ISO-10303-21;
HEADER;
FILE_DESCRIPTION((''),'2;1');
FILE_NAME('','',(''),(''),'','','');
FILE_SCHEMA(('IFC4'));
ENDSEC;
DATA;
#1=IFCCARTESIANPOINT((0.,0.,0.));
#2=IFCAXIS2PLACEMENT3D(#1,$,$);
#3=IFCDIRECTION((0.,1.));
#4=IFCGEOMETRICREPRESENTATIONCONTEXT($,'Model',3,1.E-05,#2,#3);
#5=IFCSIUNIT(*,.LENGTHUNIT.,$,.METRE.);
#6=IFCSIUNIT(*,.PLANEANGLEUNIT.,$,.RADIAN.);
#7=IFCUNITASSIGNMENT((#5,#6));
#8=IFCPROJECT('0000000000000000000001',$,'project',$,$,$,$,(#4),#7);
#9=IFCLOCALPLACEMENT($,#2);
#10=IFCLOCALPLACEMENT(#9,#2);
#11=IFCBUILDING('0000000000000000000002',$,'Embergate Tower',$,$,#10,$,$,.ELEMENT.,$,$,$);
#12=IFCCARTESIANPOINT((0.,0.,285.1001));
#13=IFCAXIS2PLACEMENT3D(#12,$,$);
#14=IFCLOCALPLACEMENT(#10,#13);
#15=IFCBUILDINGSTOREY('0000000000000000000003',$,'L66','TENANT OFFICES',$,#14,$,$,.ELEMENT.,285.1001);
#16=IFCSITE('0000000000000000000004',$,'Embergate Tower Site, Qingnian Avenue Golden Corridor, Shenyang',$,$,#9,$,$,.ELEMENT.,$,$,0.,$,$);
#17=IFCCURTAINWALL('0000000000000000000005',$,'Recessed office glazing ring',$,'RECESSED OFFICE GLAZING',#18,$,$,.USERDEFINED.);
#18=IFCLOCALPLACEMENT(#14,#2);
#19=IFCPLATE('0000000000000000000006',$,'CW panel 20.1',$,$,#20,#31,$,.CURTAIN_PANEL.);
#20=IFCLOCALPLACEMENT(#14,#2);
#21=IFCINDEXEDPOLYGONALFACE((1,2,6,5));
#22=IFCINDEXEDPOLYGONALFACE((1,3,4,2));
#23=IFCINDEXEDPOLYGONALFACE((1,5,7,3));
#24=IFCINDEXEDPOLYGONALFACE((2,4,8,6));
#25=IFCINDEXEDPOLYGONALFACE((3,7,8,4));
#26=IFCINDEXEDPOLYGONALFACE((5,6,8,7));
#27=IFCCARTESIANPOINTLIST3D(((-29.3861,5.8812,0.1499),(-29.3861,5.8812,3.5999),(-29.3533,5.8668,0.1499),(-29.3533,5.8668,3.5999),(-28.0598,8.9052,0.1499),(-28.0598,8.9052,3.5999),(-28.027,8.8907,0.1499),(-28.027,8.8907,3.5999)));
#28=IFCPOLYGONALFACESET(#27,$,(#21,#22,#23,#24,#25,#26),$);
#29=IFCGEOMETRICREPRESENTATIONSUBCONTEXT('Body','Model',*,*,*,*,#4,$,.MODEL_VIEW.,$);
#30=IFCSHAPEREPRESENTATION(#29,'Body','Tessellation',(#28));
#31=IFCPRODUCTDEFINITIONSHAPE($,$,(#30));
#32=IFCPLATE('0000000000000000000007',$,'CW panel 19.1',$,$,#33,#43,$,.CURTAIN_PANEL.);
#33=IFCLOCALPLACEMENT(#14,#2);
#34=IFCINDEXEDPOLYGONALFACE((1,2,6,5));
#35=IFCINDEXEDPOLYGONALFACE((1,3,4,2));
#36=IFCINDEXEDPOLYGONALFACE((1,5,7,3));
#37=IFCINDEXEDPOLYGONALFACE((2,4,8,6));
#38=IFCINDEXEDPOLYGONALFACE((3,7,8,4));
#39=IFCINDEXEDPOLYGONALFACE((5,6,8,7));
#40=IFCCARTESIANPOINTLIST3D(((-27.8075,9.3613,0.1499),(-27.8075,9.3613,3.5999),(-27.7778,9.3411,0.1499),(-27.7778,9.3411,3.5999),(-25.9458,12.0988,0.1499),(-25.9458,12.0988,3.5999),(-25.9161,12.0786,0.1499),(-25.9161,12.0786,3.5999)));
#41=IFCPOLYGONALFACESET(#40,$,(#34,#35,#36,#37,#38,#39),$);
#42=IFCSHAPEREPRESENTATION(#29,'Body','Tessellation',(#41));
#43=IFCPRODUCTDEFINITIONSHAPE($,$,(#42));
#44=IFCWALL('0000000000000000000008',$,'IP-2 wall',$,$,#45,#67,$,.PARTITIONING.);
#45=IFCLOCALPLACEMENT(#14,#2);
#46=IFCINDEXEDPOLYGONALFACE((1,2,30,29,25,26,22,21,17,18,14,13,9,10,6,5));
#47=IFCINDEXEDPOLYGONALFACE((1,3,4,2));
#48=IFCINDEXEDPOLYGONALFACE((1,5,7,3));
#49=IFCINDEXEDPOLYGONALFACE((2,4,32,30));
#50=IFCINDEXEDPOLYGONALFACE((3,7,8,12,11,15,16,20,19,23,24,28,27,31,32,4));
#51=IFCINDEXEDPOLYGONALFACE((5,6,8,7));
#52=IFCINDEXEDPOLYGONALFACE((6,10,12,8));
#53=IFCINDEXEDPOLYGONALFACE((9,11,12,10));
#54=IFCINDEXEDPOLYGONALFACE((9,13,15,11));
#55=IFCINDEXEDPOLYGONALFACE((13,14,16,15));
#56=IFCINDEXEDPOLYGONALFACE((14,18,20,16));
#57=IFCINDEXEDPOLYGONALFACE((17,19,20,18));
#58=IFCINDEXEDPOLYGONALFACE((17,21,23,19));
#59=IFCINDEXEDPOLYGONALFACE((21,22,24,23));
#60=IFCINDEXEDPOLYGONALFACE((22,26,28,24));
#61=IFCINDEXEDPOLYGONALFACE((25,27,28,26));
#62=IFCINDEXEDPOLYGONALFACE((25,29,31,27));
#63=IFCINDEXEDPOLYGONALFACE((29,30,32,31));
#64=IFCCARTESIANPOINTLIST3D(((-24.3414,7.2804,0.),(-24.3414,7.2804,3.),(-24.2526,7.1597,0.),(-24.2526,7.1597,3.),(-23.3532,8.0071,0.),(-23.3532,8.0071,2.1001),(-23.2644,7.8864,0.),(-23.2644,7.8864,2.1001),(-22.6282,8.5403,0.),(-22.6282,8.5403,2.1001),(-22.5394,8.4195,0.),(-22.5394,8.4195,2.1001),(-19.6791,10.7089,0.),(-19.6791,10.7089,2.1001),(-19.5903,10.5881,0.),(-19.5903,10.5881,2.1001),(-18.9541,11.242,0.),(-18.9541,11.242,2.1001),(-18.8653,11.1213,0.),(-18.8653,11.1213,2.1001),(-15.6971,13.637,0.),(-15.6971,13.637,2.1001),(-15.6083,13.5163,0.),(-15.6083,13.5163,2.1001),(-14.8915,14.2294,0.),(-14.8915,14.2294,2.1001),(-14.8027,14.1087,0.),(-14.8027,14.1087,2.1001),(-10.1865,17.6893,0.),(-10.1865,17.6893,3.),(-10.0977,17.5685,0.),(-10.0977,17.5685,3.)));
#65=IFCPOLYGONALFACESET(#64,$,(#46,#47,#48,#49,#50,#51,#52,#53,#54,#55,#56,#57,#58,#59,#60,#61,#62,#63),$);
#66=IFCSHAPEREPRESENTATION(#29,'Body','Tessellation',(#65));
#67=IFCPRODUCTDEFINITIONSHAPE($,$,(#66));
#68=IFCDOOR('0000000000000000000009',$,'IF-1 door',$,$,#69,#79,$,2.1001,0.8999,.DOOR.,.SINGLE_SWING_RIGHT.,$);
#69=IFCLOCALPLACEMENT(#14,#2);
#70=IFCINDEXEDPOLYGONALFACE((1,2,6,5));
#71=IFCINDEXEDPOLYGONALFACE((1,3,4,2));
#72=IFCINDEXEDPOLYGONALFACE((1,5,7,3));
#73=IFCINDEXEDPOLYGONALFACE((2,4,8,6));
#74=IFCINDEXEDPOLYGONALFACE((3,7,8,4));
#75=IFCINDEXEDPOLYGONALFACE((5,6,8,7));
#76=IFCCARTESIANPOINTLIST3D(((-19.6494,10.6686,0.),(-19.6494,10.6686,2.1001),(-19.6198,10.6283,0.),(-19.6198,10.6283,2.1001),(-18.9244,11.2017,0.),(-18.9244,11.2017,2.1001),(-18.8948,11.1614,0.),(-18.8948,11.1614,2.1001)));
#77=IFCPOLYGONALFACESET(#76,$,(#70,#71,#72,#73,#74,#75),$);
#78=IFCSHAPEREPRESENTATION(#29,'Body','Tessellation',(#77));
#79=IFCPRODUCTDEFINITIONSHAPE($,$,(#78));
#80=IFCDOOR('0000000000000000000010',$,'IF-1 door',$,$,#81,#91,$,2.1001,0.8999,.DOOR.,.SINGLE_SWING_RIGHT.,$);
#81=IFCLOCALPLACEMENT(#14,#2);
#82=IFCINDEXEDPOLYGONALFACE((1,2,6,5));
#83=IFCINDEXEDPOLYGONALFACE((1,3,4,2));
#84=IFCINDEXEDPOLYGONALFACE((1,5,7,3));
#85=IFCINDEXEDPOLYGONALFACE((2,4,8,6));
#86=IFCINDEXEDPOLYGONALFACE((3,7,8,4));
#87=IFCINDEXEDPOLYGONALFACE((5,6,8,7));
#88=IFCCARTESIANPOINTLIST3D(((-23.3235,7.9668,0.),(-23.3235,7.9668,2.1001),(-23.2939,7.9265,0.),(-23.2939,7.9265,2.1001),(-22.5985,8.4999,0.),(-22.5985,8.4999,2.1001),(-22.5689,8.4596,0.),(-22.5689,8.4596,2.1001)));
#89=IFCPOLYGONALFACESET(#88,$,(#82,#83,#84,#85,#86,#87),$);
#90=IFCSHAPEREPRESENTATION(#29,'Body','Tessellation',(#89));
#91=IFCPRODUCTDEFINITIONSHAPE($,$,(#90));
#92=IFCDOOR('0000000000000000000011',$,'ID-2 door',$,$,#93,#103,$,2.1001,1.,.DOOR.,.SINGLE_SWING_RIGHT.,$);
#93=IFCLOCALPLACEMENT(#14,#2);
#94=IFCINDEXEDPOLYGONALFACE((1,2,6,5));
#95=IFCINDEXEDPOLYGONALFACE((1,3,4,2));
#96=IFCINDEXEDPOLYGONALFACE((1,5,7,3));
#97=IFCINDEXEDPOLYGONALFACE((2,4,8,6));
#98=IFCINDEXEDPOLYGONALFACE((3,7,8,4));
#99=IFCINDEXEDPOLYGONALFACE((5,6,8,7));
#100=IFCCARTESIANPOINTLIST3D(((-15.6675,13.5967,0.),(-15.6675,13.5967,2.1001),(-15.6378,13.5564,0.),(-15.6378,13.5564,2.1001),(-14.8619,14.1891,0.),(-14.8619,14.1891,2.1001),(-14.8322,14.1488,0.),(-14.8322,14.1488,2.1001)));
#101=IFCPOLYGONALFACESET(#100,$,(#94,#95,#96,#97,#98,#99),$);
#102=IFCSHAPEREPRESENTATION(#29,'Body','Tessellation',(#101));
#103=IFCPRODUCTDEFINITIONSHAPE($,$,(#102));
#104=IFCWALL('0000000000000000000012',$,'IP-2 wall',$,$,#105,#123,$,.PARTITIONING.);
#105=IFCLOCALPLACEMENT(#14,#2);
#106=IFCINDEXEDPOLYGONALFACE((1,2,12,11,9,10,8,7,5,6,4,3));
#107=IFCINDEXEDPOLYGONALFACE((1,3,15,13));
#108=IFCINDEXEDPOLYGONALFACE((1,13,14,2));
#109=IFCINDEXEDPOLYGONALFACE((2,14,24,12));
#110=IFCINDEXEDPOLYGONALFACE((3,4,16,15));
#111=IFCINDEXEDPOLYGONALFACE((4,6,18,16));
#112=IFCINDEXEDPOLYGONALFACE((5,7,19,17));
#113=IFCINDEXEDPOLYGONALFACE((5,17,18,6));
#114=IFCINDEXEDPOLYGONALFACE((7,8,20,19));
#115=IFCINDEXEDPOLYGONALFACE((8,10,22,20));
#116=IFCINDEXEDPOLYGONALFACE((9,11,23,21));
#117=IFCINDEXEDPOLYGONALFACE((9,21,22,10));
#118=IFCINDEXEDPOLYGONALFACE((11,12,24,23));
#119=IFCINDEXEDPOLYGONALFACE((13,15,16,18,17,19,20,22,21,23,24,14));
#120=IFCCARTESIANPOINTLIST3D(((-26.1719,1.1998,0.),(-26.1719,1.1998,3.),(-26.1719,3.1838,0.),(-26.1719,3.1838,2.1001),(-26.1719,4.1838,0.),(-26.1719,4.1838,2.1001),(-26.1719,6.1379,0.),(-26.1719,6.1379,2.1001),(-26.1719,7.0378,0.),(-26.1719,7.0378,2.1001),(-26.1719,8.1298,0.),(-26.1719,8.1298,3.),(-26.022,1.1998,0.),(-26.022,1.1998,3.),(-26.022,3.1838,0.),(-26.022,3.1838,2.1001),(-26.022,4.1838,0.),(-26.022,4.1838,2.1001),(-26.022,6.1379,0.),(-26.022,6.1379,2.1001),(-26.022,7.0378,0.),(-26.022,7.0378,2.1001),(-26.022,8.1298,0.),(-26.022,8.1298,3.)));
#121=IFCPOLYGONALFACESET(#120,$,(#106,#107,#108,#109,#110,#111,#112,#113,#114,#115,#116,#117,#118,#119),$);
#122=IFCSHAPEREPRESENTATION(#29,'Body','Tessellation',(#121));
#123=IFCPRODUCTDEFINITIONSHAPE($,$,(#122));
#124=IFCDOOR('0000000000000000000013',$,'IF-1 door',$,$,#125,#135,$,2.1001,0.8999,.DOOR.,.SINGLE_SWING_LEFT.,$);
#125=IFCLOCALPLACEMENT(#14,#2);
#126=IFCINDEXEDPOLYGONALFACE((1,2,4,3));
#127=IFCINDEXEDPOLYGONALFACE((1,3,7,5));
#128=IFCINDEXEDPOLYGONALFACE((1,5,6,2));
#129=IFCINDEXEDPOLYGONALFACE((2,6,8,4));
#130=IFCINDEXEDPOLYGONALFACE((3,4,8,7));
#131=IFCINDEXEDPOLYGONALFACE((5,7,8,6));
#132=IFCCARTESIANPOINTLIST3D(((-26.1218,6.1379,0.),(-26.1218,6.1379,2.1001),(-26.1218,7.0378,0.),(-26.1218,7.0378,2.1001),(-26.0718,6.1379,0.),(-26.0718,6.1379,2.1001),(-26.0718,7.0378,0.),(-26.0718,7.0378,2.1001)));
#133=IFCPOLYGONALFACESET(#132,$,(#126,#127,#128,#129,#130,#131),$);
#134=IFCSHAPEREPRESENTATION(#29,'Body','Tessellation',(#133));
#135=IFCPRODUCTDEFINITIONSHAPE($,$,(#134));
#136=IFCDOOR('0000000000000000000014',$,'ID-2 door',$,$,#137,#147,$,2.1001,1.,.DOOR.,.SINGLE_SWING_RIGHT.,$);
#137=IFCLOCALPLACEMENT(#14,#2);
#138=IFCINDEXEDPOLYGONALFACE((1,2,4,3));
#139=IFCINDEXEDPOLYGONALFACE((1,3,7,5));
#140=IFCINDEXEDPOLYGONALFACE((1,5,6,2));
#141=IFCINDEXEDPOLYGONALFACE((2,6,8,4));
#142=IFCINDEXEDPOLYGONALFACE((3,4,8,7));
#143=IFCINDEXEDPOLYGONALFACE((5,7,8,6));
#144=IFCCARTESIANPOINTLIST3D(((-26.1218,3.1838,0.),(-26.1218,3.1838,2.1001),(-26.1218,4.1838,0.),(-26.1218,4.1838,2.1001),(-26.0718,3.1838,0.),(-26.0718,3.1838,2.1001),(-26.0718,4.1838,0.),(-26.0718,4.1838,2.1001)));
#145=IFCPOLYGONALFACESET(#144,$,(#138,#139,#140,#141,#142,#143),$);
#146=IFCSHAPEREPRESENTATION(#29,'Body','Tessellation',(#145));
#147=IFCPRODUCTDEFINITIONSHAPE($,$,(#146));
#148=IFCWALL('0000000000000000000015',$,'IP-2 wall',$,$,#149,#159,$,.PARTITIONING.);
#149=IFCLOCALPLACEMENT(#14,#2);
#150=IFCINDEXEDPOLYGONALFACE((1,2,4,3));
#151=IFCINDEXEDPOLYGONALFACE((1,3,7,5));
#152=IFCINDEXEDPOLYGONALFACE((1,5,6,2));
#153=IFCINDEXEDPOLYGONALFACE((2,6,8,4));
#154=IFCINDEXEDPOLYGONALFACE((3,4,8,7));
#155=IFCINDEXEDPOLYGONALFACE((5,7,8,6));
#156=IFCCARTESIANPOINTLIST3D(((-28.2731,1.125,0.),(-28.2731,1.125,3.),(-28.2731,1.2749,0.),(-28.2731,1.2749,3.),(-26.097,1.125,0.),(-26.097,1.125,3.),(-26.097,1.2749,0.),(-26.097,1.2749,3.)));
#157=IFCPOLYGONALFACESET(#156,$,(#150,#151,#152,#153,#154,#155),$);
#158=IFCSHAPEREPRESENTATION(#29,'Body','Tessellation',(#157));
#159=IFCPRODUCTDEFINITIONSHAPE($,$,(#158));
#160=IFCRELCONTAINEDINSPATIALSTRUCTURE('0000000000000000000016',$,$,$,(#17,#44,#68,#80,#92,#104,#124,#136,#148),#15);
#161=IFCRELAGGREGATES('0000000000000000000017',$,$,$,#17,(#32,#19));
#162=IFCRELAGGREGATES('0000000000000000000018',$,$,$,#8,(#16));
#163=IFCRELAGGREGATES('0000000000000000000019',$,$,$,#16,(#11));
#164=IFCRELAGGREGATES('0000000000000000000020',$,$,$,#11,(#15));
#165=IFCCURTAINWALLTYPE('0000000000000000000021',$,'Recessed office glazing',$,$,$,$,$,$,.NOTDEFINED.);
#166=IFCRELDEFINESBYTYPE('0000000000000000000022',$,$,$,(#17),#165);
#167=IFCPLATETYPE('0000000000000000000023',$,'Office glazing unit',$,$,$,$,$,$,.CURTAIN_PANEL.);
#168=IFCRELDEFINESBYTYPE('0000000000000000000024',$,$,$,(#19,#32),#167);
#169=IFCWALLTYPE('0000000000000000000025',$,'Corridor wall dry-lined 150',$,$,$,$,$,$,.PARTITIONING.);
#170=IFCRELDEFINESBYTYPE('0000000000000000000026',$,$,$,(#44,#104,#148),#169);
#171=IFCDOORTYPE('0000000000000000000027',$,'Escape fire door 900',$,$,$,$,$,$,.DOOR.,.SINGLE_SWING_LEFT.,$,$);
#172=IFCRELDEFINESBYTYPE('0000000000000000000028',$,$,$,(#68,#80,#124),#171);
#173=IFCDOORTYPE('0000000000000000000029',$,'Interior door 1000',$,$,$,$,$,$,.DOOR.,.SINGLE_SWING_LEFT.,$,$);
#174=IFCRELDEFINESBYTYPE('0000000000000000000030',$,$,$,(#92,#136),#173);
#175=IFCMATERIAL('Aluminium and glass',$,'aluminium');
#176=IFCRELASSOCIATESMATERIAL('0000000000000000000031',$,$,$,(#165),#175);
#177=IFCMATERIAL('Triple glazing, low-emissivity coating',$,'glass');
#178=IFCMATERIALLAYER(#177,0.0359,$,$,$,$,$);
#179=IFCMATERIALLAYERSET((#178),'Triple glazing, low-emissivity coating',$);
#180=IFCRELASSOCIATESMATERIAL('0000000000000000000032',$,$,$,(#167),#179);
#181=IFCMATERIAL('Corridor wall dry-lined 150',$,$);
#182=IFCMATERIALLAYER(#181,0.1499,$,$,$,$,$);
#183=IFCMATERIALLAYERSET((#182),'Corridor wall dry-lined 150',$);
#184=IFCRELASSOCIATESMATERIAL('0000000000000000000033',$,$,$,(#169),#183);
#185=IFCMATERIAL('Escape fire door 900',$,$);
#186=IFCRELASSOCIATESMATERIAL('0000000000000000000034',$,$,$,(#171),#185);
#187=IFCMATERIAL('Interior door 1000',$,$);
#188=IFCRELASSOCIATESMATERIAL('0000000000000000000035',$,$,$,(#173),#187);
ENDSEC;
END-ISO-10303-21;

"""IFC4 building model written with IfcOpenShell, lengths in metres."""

from ifc_helpers import new_model, si_unit, direction, frame, frame_2d, origin, origin_2d, place, context, subcontext, project, spatial, rectangle, extrude, source, transform, mapped, material, layer, layer_set, type_object, element, fill, aggregate, save


model = new_model("IFC4")

# Units and contexts
model_context = context("Model", 3, precision=1e-05, world=origin(), true_north=direction((0.0, 1.0)))
body_context = subcontext(model_context, "Body", "Model", "MODEL_VIEW")
ifc_project = project(units=[si_unit("LENGTHUNIT", "METRE"), si_unit("PLANEANGLEUNIT", "RADIAN")], contexts=[model_context])

# Site, building, storey
site_placement = place(None, origin())
site = spatial("IfcSite", under=ifc_project, at=site_placement, Name="Embergate Tower Site, Qingnian Avenue Golden Corridor, Shenyang", CompositionType="ELEMENT", RefElevation=0.0)
building_placement = place(site_placement, origin())
building = spatial("IfcBuilding", under=site, at=building_placement, Name="Embergate Tower", CompositionType="ELEMENT")
storey_placement = place(building_placement, frame((0.0, 0.0, 285.1001)))
storey = spatial("IfcBuildingStorey", under=building, at=storey_placement, Name="L66", Description="TENANT OFFICES", CompositionType="ELEMENT", Elevation=285.1001)

# Curtain wall, plates
ifc_material_1 = material(Name="Aluminium and glass", Category="aluminium")
curtain_wall_type = type_object("IfcCurtainWallType", Name="Recessed office glazing", PredefinedType="NOTDEFINED", material=ifc_material_1)
curtain_wall_placement = place(storey_placement, origin())
curtain_wall = element("IfcCurtainWall", 1, at=curtain_wall_placement, inside=storey, type_object=curtain_wall_type, Name="Recessed office glazing ring", ObjectType="RECESSED OFFICE GLAZING", PredefinedType="USERDEFINED")
ifc_material_2 = material(Name="Triple glazing, low-emissivity coating", Category="glass")
ifc_layer_1 = layer(ifc_material_2, 0.0359)
ifc_layer_set_1 = layer_set([ifc_layer_1], Name="Triple glazing, low-emissivity coating")
plate_type = type_object("IfcPlateType", Name="Office glazing unit", PredefinedType="CURTAIN_PANEL", material=ifc_layer_set_1)
shared_shape_1 = source(origin(), body_context, "Body", "SweptSolid", [
    extrude(rectangle(XDim=3.302, YDim=0.0359, at=origin_2d()), origin(), (0.0, 0.0, 1.0), 3.45),
])
plate_1_placement = place(storey_placement, frame((-28.7065, 7.386, 0.1499), z_axis=(0.0, 0.0, 1.0), x_axis=(-0.401663, -0.915787, 0.0)))
plate_1 = element("IfcPlate", 2, at=plate_1_placement, type_object=plate_type, Name="CW panel 20.1", PredefinedType="CURTAIN_PANEL", context=body_context, shape_type="MappedRepresentation", body=[
    mapped(shared_shape_1, transform((0.0, 0.0, 0.0))),
])
shared_shape_2 = source(origin(), body_context, "Body", "SweptSolid", [
    extrude(rectangle(XDim=3.3105, YDim=0.0359, at=origin_2d()), origin(), (0.0, 0.0, 1.0), 3.45),
])
plate_2_placement = place(storey_placement, frame((-26.8618, 10.72, 0.1499), z_axis=(0.0, 0.0, 1.0), x_axis=(-0.562353, -0.826897, 0.0)))
plate_2 = element("IfcPlate", 3, at=plate_2_placement, type_object=plate_type, Name="CW panel 19.1", PredefinedType="CURTAIN_PANEL", context=body_context, shape_type="MappedRepresentation", body=[
    mapped(shared_shape_2, transform((0.0, 0.0, 0.0))),
])
aggregate(curtain_wall, [plate_2, plate_1])

# Walls, openings, doors
ifc_material_3 = material(Name="Corridor wall dry-lined 150")
ifc_layer_2 = layer(ifc_material_3, 0.1499)
ifc_layer_set_2 = layer_set([ifc_layer_2], Name="Corridor wall dry-lined 150")
wall_type_1 = type_object("IfcWallType", Name="Corridor wall dry-lined 150", PredefinedType="PARTITIONING", material=ifc_layer_set_2)
shared_shape_3 = source(origin(), body_context, "Body", "SweptSolid", [
    extrude(rectangle(XDim=17.5701, YDim=0.1499, at=frame_2d((8.7852, 0.0))), origin(), (0.0, 0.0, 1.0), 3.0),
])
wall_1_placement = place(storey_placement, frame((-24.2971, 7.22, 0.0), z_axis=(0.0, 0.0, 1.0), x_axis=(0.805629, 0.592421, 0.0)))
wall_1 = element("IfcWall", 4, at=wall_1_placement, inside=storey, type_object=wall_type_1, Name="IP-2 wall", PredefinedType="PARTITIONING", context=body_context, shape_type="MappedRepresentation", body=[
    mapped(shared_shape_3, transform((0.0, 0.0, 0.0))),
])
shared_shape_4 = source(origin(), body_context, "Body", "SweptSolid", [
    extrude(rectangle(XDim=1.0, YDim=2.1001, at=frame_2d((0.5, 1.05))), frame((0.0, 0.085, 0.0), z_axis=(0.0, -1.0, 0.0), x_axis=(1.0, 0.0, 0.0)), (0.0, 0.0, 1.0), 0.1699),
])
opening_1_placement = place(wall_1_placement, frame((10.73, 0.0, 0.0)))
opening_1 = element("IfcOpeningElement", 5, at=opening_1_placement, cuts=wall_1, PredefinedType="OPENING", context=body_context, shape_type="MappedRepresentation", body=[
    mapped(shared_shape_4, transform((0.0, 0.0, 0.0))),
])
shared_shape_5 = source(origin(), body_context, "Body", "SweptSolid", [
    extrude(rectangle(XDim=0.8999, YDim=2.1001, at=frame_2d((0.45, 1.05))), frame((0.0, 0.085, 0.0), z_axis=(0.0, -1.0, 0.0), x_axis=(1.0, 0.0, 0.0)), (0.0, 0.0, 1.0), 0.1699),
])
opening_2_placement = place(wall_1_placement, frame((5.7874, 0.0, 0.0)))
opening_2 = element("IfcOpeningElement", 6, at=opening_2_placement, cuts=wall_1, PredefinedType="OPENING", context=body_context, shape_type="MappedRepresentation", body=[
    mapped(shared_shape_5, transform((0.0, 0.0, 0.0))),
])
opening_3_placement = place(wall_1_placement, frame((1.2268, 0.0, 0.0)))
opening_3 = element("IfcOpeningElement", 7, at=opening_3_placement, cuts=wall_1, PredefinedType="OPENING", context=body_context, shape_type="MappedRepresentation", body=[
    mapped(shared_shape_5, transform((0.0, 0.0, 0.0))),
])
ifc_material_4 = material(Name="Escape fire door 900")
door_type_1 = type_object("IfcDoorType", Name="Escape fire door 900", OperationType="SINGLE_SWING_LEFT", PredefinedType="DOOR", material=ifc_material_4)
shared_shape_6 = source(origin(), body_context, "Body", "SweptSolid", [
    extrude(rectangle(XDim=0.8999, YDim=2.1001, at=frame_2d((0.45, 1.05))), frame((0.0, 0.0249, 0.0), z_axis=(0.0, -1.0, 0.0), x_axis=(1.0, 0.0, 0.0)), (0.0, 0.0, 1.0), 0.05),
])
door_1_placement = place(opening_2_placement, origin())
door_1 = element("IfcDoor", 8, at=door_1_placement, inside=storey, type_object=door_type_1, Name="IF-1 door", OperationType="SINGLE_SWING_RIGHT", OverallHeight=2.1001, OverallWidth=0.8999, PredefinedType="DOOR", context=body_context, shape_type="MappedRepresentation", body=[
    mapped(shared_shape_6, transform((0.0, 0.0, 0.0))),
])
fill(opening_2, door_1)
door_2_placement = place(opening_3_placement, origin())
door_2 = element("IfcDoor", 9, at=door_2_placement, inside=storey, type_object=door_type_1, Name="IF-1 door", OperationType="SINGLE_SWING_RIGHT", OverallHeight=2.1001, OverallWidth=0.8999, PredefinedType="DOOR", context=body_context, shape_type="MappedRepresentation", body=[
    mapped(shared_shape_6, transform((0.0, 0.0, 0.0))),
])
fill(opening_3, door_2)
ifc_material_5 = material(Name="Interior door 1000")
door_type_2 = type_object("IfcDoorType", Name="Interior door 1000", OperationType="SINGLE_SWING_LEFT", PredefinedType="DOOR", material=ifc_material_5)
shared_shape_7 = source(origin(), body_context, "Body", "SweptSolid", [
    extrude(rectangle(XDim=1.0, YDim=2.1001, at=frame_2d((0.5, 1.05))), frame((0.0, 0.0249, 0.0), z_axis=(0.0, -1.0, 0.0), x_axis=(1.0, 0.0, 0.0)), (0.0, 0.0, 1.0), 0.05),
])
door_3_placement = place(opening_1_placement, origin())
door_3 = element("IfcDoor", 10, at=door_3_placement, inside=storey, type_object=door_type_2, Name="ID-2 door", OperationType="SINGLE_SWING_RIGHT", OverallHeight=2.1001, OverallWidth=1.0, PredefinedType="DOOR", context=body_context, shape_type="MappedRepresentation", body=[
    mapped(shared_shape_7, transform((0.0, 0.0, 0.0))),
])
fill(opening_1, door_3)
shared_shape_8 = source(origin(), body_context, "Body", "SweptSolid", [
    extrude(rectangle(XDim=6.9299, YDim=0.1499, at=frame_2d((3.4648, 0.0))), origin(), (0.0, 0.0, 1.0), 3.0),
])
wall_2_placement = place(storey_placement, frame((-26.0969, 1.2, 0.0), z_axis=(0.0, 0.0, 1.0), x_axis=(0.0, 1.0, 0.0)))
wall_2 = element("IfcWall", 11, at=wall_2_placement, inside=storey, type_object=wall_type_1, Name="IP-2 wall", PredefinedType="PARTITIONING", context=body_context, shape_type="MappedRepresentation", body=[
    mapped(shared_shape_8, transform((0.0, 0.0, 0.0))),
])
opening_4_placement = place(wall_2_placement, frame((4.938, 0.0, 0.0)))
opening_4 = element("IfcOpeningElement", 12, at=opening_4_placement, cuts=wall_2, PredefinedType="OPENING", context=body_context, shape_type="MappedRepresentation", body=[
    mapped(shared_shape_5, transform((0.0, 0.0, 0.0))),
])
opening_5_placement = place(wall_2_placement, frame((1.9839, 0.0, 0.0)))
opening_5 = element("IfcOpeningElement", 13, at=opening_5_placement, cuts=wall_2, PredefinedType="OPENING", context=body_context, shape_type="MappedRepresentation", body=[
    mapped(shared_shape_4, transform((0.0, 0.0, 0.0))),
])
door_4_placement = place(opening_4_placement, origin())
door_4 = element("IfcDoor", 14, at=door_4_placement, inside=storey, type_object=door_type_1, Name="IF-1 door", OperationType="SINGLE_SWING_LEFT", OverallHeight=2.1001, OverallWidth=0.8999, PredefinedType="DOOR", context=body_context, shape_type="MappedRepresentation", body=[
    mapped(shared_shape_6, transform((0.0, 0.0, 0.0))),
])
fill(opening_4, door_4)
door_5_placement = place(opening_5_placement, origin())
door_5 = element("IfcDoor", 15, at=door_5_placement, inside=storey, type_object=door_type_2, Name="ID-2 door", OperationType="SINGLE_SWING_RIGHT", OverallHeight=2.1001, OverallWidth=1.0, PredefinedType="DOOR", context=body_context, shape_type="MappedRepresentation", body=[
    mapped(shared_shape_7, transform((0.0, 0.0, 0.0))),
])
fill(opening_5, door_5)

# Wall
shared_shape_9 = source(origin(), body_context, "Body", "SweptSolid", [
    extrude(rectangle(XDim=2.176, YDim=0.1499, at=frame_2d((1.0879, 0.0))), origin(), (0.0, 0.0, 1.0), 3.0),
])
wall_3_placement = place(storey_placement, frame((-28.2729, 1.2, 0.0), z_axis=(0.0, 0.0, 1.0), x_axis=(1.0, 0.0, 0.0)))
element("IfcWall", 16, at=wall_3_placement, inside=storey, type_object=wall_type_1, Name="IP-2 wall", PredefinedType="PARTITIONING", context=body_context, shape_type="MappedRepresentation", body=[
    mapped(shared_shape_9, transform((0.0, 0.0, 0.0))),
])

save(model, "model.ifc")
